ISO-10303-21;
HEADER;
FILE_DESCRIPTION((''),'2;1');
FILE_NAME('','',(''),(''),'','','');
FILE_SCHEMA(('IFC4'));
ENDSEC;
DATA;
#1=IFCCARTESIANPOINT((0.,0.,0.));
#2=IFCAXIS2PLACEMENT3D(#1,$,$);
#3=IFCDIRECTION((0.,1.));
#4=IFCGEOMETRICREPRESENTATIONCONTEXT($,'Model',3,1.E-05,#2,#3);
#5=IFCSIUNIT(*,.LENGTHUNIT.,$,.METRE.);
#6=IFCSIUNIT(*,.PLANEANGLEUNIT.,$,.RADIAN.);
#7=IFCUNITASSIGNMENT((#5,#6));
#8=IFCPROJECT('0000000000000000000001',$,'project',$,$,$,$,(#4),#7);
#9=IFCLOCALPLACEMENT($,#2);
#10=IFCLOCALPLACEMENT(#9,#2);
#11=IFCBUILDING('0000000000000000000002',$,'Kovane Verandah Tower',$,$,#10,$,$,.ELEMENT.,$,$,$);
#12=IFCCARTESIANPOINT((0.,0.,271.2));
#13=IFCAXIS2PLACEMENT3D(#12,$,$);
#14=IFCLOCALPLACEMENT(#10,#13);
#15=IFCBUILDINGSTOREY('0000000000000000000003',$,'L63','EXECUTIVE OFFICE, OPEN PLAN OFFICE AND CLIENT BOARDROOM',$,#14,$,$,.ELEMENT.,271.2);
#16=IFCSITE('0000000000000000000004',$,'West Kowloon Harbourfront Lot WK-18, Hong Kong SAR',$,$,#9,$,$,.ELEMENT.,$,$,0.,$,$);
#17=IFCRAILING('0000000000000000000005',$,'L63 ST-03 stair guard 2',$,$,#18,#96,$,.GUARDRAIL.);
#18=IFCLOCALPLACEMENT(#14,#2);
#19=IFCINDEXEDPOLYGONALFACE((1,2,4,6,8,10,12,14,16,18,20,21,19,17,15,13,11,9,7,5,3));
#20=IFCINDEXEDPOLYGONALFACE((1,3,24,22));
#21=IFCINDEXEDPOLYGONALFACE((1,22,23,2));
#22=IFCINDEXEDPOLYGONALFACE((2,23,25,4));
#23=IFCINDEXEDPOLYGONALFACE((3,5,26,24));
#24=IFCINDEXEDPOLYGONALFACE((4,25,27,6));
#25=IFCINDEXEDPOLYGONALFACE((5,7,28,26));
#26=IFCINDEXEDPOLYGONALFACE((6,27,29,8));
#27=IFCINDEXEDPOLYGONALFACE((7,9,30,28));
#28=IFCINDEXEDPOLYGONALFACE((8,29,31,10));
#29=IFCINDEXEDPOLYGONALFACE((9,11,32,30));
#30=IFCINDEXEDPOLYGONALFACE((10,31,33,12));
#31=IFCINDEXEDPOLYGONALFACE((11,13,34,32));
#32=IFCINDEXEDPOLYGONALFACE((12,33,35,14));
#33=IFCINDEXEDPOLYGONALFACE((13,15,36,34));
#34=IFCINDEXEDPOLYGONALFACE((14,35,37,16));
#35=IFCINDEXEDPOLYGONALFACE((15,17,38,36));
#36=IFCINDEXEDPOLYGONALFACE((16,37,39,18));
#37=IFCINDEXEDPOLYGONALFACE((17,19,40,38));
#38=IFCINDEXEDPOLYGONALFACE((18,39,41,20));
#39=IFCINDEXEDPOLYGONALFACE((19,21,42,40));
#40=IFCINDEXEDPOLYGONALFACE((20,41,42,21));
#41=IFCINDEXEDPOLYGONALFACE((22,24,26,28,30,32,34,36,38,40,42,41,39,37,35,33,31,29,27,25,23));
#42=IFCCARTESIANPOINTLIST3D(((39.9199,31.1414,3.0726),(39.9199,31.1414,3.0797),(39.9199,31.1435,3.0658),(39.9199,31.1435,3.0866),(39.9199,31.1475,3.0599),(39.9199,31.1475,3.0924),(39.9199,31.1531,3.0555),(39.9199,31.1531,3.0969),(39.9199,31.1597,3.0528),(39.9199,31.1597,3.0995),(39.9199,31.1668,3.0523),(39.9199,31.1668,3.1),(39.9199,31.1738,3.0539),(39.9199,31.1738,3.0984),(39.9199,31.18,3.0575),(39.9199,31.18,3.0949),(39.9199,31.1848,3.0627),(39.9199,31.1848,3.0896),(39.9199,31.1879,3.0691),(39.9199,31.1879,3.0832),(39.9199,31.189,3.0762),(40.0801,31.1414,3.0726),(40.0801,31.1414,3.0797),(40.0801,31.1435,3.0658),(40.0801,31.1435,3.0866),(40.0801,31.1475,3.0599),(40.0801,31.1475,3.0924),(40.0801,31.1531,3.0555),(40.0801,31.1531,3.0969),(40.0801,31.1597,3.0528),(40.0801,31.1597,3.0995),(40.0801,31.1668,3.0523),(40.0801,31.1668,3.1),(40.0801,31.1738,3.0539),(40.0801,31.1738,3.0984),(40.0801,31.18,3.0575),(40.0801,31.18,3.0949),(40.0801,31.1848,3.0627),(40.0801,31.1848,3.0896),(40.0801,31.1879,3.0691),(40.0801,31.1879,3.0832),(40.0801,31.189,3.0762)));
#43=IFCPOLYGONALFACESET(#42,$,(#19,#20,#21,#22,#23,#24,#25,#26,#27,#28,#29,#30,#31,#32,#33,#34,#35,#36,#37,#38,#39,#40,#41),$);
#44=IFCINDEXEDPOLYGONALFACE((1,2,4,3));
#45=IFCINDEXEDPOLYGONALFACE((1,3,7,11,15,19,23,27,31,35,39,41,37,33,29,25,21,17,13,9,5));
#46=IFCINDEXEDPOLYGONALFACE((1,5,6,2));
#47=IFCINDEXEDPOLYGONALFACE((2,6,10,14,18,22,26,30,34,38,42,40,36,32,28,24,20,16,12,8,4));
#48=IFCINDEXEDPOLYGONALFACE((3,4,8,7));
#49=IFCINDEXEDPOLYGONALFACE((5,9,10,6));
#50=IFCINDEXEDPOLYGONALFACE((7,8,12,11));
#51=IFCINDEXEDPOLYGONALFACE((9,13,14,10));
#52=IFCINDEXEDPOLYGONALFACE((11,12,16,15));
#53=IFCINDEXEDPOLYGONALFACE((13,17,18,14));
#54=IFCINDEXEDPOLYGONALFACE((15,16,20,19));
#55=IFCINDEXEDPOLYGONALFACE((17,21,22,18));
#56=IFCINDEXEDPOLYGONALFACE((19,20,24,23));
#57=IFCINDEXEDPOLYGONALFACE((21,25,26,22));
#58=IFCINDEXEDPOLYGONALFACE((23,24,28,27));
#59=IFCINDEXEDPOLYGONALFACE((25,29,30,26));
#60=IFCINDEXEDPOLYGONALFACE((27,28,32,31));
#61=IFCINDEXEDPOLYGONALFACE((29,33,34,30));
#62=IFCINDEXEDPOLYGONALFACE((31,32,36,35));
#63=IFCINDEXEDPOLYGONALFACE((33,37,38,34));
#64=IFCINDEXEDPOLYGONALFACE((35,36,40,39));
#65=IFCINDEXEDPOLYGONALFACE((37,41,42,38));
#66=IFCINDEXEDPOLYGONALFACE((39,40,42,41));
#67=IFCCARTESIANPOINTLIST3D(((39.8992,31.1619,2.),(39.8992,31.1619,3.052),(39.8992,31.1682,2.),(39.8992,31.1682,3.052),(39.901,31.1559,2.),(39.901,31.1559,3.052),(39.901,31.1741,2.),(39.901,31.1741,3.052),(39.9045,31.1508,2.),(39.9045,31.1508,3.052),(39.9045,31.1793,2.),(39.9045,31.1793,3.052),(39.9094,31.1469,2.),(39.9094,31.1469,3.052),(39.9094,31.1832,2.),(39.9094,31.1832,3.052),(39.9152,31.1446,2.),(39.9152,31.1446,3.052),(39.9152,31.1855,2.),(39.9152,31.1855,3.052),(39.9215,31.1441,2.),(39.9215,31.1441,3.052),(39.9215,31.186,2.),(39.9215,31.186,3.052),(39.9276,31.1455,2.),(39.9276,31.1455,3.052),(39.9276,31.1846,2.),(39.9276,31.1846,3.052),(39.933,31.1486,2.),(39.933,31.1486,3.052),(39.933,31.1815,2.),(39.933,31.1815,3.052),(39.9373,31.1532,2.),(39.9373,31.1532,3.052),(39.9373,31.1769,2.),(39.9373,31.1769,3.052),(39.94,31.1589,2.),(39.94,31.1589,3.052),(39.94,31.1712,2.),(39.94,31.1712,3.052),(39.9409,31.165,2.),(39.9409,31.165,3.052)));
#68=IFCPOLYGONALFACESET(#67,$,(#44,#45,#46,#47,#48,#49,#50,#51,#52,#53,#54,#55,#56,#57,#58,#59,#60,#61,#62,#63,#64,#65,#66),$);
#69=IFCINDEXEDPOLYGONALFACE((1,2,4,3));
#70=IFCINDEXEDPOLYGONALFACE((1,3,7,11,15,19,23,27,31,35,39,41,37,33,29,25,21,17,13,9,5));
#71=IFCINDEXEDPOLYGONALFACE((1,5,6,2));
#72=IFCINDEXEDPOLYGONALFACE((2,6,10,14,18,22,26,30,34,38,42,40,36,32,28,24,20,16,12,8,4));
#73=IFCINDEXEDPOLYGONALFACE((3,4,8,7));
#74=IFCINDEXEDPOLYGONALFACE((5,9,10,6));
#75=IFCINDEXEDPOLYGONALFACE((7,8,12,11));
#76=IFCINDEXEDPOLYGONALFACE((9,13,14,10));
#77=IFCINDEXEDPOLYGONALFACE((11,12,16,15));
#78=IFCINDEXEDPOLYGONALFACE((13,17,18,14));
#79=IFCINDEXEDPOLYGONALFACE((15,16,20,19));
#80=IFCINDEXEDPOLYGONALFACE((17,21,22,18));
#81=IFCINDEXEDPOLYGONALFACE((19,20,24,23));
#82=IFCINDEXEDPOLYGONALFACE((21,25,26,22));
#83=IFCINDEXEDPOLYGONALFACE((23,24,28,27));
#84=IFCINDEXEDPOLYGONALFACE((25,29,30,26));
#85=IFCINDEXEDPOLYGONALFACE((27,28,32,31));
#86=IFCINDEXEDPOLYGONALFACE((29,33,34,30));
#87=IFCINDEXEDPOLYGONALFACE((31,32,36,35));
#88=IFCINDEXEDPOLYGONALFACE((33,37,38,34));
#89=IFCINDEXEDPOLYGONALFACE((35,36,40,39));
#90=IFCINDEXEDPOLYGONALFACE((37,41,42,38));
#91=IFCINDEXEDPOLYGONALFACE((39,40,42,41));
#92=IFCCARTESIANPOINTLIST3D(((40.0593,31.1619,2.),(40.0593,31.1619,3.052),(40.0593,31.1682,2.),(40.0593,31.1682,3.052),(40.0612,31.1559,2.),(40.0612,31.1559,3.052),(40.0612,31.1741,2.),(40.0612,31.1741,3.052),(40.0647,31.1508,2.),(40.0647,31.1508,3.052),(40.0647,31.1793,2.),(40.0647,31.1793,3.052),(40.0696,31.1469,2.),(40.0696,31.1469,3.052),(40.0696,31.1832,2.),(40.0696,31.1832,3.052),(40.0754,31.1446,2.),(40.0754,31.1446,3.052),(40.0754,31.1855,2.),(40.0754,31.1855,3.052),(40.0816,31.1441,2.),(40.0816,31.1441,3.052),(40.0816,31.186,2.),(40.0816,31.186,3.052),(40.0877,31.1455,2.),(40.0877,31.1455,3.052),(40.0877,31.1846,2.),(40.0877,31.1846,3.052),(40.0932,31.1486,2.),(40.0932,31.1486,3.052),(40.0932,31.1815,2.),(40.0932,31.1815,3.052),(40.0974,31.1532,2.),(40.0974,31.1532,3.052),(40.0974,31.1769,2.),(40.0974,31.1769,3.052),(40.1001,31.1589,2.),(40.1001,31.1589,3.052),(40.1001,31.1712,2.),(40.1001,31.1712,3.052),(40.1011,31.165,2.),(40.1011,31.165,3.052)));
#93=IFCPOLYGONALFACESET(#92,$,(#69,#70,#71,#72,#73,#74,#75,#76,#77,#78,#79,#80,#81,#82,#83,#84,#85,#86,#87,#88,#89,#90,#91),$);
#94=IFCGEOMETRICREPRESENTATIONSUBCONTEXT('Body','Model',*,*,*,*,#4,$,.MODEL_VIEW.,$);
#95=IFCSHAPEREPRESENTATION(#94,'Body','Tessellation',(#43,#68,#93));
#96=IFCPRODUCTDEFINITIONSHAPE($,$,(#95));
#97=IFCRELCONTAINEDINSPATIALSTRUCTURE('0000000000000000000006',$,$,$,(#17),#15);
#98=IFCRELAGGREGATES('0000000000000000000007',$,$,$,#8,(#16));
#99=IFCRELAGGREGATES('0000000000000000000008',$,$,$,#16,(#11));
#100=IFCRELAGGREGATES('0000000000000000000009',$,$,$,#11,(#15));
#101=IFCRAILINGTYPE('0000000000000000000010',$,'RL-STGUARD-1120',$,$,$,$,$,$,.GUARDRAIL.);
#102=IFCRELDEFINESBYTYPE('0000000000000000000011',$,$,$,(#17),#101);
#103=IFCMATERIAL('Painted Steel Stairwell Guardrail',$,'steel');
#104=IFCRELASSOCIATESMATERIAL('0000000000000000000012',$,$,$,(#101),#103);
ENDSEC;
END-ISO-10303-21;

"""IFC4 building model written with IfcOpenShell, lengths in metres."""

from ifc_helpers import new_model, si_unit, direction, frame, origin, origin_2d, place, context, subcontext, project, spatial, circle, extrude, material, type_object, element, save


model = new_model("IFC4")

# Units and contexts
model_context = context("Model", 3, precision=1e-05, world=origin(), true_north=direction((0.0, 1.0)))
body_context = subcontext(model_context, "Body", "Model", "MODEL_VIEW")
ifc_project = project(units=[si_unit("LENGTHUNIT", "METRE"), si_unit("PLANEANGLEUNIT", "RADIAN")], contexts=[model_context])

# Site, building, storey
site_placement = place(None, origin())
site = spatial("IfcSite", under=ifc_project, at=site_placement, Name="West Kowloon Harbourfront Lot WK-18, Hong Kong SAR", CompositionType="ELEMENT", RefElevation=0.0)
building_placement = place(site_placement, origin())
building = spatial("IfcBuilding", under=site, at=building_placement, Name="Kovane Verandah Tower", CompositionType="ELEMENT")
storey_placement = place(building_placement, frame((0.0, 0.0, 271.2)))
storey = spatial("IfcBuildingStorey", under=building, at=storey_placement, Name="L63", Description="EXECUTIVE OFFICE, OPEN PLAN OFFICE AND CLIENT BOARDROOM", CompositionType="ELEMENT", Elevation=271.2)

# Railing
ifc_material_1 = material(Name="Painted Steel Stairwell Guardrail", Category="steel")
railing_type_1 = type_object("IfcRailingType", Name="RL-STGUARD-1120", PredefinedType="GUARDRAIL", material=ifc_material_1)
railing_1_placement = place(storey_placement, frame((39.9199, 31.165, 2.0)))
element("IfcRailing", 1, at=railing_1_placement, inside=storey, type_object=railing_type_1, Name="L63 ST-03 stair guard 2", PredefinedType="GUARDRAIL", context=body_context, shape_type="SweptSolid", body=[
    extrude(circle(Radius=0.0239, at=origin_2d()), frame((0.0, 0.0, 1.0762), z_axis=(1.0, 0.0, 0.0), x_axis=(0.0, 1.0, 0.0)), (0.0, 0.0, 1.0), 0.1602),
    extrude(circle(Radius=0.021, at=origin_2d()), origin(), (0.0, 0.0, 1.0), 1.052),
    extrude(circle(Radius=0.021, at=origin_2d()), frame((0.1602, 0.0, 0.0)), (0.0, 0.0, 1.0), 1.052),
])

save(model, "model.ifc")
